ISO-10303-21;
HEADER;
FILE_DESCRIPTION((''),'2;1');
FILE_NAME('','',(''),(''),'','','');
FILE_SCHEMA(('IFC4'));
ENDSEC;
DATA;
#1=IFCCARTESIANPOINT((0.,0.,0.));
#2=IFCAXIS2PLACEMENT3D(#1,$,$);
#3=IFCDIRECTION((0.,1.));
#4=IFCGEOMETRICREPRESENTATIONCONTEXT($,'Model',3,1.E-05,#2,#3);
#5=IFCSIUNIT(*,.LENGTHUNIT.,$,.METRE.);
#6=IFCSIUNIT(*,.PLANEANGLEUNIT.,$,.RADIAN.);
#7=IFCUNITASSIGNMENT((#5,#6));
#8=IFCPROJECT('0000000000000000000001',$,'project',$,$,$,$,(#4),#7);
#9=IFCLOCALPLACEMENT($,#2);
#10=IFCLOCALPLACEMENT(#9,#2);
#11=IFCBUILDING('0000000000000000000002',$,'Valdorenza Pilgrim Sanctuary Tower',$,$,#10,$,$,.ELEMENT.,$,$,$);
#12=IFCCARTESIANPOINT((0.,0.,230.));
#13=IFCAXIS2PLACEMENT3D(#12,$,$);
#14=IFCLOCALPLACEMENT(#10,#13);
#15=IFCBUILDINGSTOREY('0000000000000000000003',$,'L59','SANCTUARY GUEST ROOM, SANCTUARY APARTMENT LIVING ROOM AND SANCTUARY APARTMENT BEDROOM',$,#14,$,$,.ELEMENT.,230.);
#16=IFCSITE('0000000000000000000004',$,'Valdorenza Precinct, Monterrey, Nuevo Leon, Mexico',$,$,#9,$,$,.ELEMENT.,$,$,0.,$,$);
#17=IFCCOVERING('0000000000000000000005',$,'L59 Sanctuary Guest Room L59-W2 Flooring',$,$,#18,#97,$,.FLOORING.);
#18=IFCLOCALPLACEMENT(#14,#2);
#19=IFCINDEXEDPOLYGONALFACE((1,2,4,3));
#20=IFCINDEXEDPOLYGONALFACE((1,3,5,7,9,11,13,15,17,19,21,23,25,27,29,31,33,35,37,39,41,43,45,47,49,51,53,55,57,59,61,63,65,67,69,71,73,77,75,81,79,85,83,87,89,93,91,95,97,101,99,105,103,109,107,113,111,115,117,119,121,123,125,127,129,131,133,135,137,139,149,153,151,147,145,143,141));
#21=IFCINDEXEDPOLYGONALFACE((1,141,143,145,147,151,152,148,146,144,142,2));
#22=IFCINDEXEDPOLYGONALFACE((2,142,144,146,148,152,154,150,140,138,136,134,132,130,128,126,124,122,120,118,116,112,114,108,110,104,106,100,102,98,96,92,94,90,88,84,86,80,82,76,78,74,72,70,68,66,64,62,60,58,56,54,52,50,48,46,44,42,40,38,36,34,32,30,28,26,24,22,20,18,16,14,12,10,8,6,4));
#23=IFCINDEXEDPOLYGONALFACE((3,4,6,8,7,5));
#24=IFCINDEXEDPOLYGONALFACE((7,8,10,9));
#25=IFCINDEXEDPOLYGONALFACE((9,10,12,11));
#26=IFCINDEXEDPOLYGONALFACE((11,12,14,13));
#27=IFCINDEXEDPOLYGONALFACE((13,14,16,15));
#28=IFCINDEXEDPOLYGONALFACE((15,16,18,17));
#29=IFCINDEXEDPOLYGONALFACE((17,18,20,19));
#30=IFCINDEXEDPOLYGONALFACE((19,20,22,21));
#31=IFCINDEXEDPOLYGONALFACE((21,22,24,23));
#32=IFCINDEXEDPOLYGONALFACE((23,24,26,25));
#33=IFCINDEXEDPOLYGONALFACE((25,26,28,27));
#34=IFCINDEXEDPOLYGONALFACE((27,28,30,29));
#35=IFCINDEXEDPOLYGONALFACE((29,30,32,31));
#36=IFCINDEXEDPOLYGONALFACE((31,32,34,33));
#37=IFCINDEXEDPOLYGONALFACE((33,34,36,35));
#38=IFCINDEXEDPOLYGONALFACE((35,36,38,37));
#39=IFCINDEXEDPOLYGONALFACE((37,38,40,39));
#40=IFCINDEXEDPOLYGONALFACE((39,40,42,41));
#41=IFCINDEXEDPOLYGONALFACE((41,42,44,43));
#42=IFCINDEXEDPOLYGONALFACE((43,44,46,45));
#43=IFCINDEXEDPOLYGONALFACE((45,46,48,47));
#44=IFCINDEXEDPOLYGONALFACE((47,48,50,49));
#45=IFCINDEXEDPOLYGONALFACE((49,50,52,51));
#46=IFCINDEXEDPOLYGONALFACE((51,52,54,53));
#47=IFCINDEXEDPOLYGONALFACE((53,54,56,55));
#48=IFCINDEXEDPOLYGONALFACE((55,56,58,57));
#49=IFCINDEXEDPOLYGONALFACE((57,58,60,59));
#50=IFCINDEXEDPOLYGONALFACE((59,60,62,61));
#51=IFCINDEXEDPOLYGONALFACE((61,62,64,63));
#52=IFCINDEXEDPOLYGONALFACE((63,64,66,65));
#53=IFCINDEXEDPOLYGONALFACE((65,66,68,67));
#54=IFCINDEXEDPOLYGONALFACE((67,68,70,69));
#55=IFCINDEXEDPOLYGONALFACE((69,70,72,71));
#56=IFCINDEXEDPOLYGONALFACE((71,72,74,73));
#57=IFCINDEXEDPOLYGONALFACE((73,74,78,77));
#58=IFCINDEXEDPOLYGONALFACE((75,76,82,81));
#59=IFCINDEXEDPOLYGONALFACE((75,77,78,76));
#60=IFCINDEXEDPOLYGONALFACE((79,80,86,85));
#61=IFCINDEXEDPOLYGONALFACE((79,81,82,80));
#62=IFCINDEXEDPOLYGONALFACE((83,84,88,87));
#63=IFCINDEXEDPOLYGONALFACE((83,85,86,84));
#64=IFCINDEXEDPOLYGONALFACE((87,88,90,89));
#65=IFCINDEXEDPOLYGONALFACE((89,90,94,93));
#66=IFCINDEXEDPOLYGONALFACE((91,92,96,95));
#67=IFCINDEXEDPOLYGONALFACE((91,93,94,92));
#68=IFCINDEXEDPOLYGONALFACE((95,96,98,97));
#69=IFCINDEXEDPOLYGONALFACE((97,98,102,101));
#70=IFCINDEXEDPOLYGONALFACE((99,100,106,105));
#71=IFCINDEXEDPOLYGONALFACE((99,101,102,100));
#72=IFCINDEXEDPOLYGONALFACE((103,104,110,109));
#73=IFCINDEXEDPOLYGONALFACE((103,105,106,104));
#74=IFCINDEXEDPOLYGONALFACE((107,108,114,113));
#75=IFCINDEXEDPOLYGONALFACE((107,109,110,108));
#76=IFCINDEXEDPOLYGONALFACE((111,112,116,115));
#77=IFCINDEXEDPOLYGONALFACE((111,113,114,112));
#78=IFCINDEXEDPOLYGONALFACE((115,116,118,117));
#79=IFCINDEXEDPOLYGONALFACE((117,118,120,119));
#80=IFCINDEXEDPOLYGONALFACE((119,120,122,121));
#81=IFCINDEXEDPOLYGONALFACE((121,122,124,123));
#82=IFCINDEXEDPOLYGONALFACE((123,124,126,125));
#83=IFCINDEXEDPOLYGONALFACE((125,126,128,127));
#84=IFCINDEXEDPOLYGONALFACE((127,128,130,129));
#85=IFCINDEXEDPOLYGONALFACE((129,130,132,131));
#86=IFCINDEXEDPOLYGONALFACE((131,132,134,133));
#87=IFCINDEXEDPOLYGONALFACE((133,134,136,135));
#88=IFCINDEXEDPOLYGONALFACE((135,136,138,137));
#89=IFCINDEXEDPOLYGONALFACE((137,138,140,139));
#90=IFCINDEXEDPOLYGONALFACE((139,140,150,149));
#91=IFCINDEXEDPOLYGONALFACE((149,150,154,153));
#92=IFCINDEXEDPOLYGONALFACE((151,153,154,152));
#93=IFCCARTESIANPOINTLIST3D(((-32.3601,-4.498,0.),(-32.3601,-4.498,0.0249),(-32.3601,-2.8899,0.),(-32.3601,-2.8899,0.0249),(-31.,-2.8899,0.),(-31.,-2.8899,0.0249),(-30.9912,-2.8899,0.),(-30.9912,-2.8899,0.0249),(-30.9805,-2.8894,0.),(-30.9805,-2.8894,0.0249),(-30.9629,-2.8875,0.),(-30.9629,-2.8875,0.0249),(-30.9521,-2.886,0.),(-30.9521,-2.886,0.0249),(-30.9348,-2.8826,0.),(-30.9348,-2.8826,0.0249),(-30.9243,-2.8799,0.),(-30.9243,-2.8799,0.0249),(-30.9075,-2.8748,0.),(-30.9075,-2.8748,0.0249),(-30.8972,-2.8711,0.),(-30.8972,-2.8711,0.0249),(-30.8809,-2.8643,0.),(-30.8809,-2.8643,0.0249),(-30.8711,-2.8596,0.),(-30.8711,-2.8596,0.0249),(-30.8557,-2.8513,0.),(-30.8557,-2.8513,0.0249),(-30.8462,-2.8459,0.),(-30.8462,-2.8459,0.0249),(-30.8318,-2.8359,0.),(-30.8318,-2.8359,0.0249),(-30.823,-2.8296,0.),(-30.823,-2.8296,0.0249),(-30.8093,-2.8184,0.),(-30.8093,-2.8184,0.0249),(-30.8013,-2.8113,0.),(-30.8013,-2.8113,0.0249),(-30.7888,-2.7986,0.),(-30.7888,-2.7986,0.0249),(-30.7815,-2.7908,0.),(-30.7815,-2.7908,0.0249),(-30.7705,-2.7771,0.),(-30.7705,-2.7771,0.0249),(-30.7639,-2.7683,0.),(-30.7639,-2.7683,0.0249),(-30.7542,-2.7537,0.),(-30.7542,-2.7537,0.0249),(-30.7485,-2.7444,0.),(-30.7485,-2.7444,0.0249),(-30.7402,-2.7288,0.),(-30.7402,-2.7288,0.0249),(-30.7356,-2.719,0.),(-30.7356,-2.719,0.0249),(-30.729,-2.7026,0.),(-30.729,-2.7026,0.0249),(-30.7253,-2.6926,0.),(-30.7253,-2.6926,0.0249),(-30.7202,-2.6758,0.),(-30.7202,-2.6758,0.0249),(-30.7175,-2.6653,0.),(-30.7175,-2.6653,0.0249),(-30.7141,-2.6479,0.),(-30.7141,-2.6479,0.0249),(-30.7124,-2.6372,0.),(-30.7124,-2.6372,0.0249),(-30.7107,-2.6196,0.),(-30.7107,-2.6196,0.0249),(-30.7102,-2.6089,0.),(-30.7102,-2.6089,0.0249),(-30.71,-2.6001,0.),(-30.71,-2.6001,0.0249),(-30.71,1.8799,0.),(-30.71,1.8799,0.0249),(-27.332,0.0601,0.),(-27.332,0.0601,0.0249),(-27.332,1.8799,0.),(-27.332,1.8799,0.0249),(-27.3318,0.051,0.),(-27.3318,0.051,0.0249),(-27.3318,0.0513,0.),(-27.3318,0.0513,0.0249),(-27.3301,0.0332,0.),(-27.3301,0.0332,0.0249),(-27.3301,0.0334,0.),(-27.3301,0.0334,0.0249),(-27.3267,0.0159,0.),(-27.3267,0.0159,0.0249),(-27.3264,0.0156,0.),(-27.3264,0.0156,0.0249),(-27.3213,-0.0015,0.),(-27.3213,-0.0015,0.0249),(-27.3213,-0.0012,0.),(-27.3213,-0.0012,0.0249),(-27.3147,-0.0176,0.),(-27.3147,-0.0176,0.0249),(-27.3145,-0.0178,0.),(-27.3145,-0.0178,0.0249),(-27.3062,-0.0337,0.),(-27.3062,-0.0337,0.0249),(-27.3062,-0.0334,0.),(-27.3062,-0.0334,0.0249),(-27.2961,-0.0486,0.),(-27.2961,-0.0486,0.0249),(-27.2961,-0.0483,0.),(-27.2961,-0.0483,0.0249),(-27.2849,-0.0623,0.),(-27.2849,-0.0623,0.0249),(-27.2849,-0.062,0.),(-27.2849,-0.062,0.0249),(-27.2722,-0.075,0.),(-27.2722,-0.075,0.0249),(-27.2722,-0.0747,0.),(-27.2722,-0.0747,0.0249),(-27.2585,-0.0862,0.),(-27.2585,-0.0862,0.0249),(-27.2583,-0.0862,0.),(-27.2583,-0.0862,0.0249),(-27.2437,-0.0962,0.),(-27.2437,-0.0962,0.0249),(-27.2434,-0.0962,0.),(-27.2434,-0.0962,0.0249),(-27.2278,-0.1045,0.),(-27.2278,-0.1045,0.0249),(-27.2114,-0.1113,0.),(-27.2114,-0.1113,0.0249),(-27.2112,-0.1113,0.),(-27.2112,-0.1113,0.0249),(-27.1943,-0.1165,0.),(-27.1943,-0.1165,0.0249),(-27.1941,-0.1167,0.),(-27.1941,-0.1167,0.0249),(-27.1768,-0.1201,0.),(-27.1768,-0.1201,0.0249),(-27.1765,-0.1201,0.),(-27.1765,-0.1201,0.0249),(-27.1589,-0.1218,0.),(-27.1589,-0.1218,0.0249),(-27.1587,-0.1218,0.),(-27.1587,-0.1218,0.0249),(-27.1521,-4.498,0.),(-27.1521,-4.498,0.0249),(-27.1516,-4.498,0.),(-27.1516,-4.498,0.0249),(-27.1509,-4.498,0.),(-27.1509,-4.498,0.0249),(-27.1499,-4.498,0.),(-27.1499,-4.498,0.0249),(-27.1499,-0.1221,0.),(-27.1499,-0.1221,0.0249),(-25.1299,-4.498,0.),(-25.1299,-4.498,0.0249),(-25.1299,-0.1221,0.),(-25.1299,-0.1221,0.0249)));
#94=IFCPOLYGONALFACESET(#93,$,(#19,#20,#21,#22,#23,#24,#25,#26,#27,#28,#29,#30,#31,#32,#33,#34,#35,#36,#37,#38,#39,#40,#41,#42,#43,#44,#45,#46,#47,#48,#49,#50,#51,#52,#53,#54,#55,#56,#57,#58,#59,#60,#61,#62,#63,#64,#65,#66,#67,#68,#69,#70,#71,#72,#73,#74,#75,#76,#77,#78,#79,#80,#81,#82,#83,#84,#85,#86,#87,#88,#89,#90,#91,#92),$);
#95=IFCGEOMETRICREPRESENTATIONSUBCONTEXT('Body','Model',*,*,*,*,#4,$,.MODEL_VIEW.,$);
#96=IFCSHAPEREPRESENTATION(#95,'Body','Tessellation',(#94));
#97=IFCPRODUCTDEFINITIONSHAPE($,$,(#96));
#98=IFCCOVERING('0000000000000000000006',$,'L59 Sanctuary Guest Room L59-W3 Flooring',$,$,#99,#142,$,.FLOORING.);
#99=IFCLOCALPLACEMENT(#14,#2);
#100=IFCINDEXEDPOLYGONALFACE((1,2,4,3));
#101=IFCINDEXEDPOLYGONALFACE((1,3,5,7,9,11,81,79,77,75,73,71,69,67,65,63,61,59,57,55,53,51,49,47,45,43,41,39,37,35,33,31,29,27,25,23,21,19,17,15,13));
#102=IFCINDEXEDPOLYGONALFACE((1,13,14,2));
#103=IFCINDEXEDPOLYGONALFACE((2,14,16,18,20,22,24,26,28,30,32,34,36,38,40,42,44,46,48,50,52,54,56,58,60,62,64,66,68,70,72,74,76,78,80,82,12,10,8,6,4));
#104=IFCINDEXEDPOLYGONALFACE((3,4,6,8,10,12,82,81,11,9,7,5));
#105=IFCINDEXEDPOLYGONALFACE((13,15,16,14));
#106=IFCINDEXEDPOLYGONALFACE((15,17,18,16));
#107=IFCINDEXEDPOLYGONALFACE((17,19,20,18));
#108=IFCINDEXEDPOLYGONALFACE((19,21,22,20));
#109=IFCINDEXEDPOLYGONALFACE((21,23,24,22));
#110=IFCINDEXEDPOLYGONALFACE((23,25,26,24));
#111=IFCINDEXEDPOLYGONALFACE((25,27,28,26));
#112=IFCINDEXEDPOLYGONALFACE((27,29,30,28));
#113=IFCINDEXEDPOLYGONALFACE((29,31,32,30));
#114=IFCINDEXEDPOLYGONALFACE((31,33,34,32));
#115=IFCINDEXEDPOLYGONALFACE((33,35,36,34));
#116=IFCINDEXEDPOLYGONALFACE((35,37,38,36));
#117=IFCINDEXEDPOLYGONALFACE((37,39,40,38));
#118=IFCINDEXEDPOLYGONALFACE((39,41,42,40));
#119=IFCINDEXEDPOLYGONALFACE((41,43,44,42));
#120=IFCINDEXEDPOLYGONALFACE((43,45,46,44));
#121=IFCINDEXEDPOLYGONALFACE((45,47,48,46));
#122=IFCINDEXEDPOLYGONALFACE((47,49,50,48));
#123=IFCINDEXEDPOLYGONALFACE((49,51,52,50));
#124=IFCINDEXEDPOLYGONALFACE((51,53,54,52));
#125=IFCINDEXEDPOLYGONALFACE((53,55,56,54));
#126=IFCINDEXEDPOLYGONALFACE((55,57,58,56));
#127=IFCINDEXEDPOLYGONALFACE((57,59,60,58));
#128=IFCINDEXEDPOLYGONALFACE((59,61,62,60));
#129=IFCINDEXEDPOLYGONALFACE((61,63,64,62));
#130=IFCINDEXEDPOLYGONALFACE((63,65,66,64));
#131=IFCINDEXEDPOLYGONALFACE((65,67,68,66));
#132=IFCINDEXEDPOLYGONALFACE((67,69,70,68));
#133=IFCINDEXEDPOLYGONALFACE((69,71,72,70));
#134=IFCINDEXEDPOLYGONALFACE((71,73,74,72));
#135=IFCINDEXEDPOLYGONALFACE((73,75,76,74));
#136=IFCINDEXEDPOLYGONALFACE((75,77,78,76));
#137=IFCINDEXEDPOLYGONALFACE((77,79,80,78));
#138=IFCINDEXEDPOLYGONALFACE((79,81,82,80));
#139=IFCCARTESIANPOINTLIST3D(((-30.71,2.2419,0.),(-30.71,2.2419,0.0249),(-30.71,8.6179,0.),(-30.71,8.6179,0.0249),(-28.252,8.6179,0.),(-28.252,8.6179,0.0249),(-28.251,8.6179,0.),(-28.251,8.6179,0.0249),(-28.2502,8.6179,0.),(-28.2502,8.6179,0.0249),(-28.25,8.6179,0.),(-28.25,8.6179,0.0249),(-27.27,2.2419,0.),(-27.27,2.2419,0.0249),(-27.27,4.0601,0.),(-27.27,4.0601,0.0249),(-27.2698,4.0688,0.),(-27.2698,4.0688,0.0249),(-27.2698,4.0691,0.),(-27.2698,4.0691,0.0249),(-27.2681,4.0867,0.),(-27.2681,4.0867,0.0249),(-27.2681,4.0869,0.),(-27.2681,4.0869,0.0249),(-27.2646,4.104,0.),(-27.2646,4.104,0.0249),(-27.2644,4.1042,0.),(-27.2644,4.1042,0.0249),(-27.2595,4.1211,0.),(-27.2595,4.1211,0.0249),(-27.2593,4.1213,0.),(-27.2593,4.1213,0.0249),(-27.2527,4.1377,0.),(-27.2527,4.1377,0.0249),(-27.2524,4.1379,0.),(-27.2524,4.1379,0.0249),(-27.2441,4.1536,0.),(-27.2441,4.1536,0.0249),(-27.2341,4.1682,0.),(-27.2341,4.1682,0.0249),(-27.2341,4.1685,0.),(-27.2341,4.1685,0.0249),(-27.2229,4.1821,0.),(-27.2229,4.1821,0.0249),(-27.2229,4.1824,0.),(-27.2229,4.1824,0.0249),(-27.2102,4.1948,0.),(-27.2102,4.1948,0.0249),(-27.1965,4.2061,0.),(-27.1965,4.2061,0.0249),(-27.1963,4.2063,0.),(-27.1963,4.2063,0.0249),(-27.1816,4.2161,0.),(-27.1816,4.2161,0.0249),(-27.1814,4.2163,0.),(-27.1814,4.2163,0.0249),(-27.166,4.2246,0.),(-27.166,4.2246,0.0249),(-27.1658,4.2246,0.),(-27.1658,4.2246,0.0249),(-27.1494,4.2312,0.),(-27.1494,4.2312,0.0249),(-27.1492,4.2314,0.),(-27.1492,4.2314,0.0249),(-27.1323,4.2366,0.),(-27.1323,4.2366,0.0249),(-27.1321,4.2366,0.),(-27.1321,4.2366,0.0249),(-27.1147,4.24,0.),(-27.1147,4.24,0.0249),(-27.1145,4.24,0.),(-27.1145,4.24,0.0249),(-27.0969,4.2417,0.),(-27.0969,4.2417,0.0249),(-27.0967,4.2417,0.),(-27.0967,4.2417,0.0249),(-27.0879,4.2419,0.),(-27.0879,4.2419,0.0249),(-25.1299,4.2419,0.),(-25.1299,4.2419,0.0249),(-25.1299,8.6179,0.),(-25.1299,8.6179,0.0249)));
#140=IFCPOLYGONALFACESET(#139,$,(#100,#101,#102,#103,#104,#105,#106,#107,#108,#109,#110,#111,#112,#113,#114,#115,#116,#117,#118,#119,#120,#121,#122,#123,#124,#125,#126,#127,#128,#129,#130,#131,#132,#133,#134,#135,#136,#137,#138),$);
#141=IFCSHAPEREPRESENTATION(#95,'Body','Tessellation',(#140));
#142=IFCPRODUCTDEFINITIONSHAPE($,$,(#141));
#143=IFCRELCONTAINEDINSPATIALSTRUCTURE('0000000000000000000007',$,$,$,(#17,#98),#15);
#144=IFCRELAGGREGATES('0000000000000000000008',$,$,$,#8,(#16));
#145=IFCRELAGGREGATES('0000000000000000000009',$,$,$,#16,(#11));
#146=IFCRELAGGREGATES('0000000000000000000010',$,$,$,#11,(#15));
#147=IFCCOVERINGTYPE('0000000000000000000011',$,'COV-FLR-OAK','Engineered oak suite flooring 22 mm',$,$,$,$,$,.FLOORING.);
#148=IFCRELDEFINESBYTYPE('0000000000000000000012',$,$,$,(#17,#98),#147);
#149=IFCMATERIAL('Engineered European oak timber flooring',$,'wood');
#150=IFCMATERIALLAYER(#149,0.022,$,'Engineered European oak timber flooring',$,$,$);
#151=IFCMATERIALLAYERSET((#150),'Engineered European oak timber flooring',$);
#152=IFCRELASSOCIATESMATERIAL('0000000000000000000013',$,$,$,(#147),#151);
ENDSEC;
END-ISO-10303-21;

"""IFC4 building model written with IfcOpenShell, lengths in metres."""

from ifc_helpers import new_model, si_unit, direction, frame, origin, place, context, subcontext, project, spatial, polyline, outline, extrude, material, layer, layer_set, type_object, element, save


model = new_model("IFC4")

# Units and contexts
model_context = context("Model", 3, precision=1e-05, world=origin(), true_north=direction((0.0, 1.0)))
body_context = subcontext(model_context, "Body", "Model", "MODEL_VIEW")
ifc_project = project(units=[si_unit("LENGTHUNIT", "METRE"), si_unit("PLANEANGLEUNIT", "RADIAN")], contexts=[model_context])

# Site, building, storey
site_placement = place(None, origin())
site = spatial("IfcSite", under=ifc_project, at=site_placement, Name="Valdorenza Precinct, Monterrey, Nuevo Leon, Mexico", CompositionType="ELEMENT", RefElevation=0.0)
building_placement = place(site_placement, origin())
building = spatial("IfcBuilding", under=site, at=building_placement, Name="Valdorenza Pilgrim Sanctuary Tower", CompositionType="ELEMENT")
storey_placement = place(building_placement, frame((0.0, 0.0, 230.0)))
storey = spatial("IfcBuildingStorey", under=building, at=storey_placement, Name="L59", Description="SANCTUARY GUEST ROOM, SANCTUARY APARTMENT LIVING ROOM AND SANCTUARY APARTMENT BEDROOM", CompositionType="ELEMENT", Elevation=230.0)

# Coverings
ifc_material_1 = material(Name="Engineered European oak timber flooring", Category="wood")
ifc_layer_1 = layer(ifc_material_1, 0.022, Name="Engineered European oak timber flooring")
ifc_layer_set_1 = layer_set([ifc_layer_1], Name="Engineered European oak timber flooring")
covering_type_1 = type_object("IfcCoveringType", Name="COV-FLR-OAK", Description="Engineered oak suite flooring 22 mm", PredefinedType="FLOORING", material=ifc_layer_set_1)
covering_1_placement = place(storey_placement, origin())
element("IfcCovering", 1, at=covering_1_placement, inside=storey, type_object=covering_type_1, Name="L59 Sanctuary Guest Room L59-W2 Flooring", PredefinedType="FLOORING", context=body_context, shape_type="SweptSolid", body=[
    extrude(outline(polyline([(-32.3601, -2.8899), (-31.0, -2.8899), (-30.9912, -2.8899), (-30.9805, -2.8894), (-30.9629, -2.8875), (-30.9521, -2.886), (-30.9348, -2.8826), (-30.9243, -2.8799), (-30.9075, -2.8748), (-30.8972, -2.8711), (-30.8809, -2.8643), (-30.8711, -2.8596), (-30.8557, -2.8513), (-30.8462, -2.8459), (-30.8318, -2.8359), (-30.823, -2.8296), (-30.8093, -2.8184), (-30.8013, -2.8113), (-30.7888, -2.7986), (-30.7815, -2.7908), (-30.7705, -2.7771), (-30.7639, -2.7683), (-30.7542, -2.7537), (-30.7485, -2.7444), (-30.7402, -2.7288), (-30.7356, -2.719), (-30.729, -2.7026), (-30.7253, -2.6926), (-30.7202, -2.6758), (-30.7175, -2.6653), (-30.7141, -2.6479), (-30.7124, -2.6372), (-30.7107, -2.6196), (-30.7102, -2.6089), (-30.71, -2.6001), (-30.71, 1.8799), (-27.332, 1.8799), (-27.332, 0.0601), (-27.3318, 0.0513), (-27.3318, 0.051), (-27.3301, 0.0334), (-27.3301, 0.0332), (-27.3267, 0.0159), (-27.3264, 0.0156), (-27.3213, -0.0012), (-27.3213, -0.0015), (-27.3147, -0.0176), (-27.3145, -0.0178), (-27.3062, -0.0334), (-27.3062, -0.0337), (-27.2961, -0.0483), (-27.2961, -0.0486), (-27.2849, -0.062), (-27.2849, -0.0623), (-27.2722, -0.0747), (-27.2722, -0.075), (-27.2585, -0.0862), (-27.2583, -0.0862), (-27.2437, -0.0962), (-27.2434, -0.0962), (-27.2278, -0.1045), (-27.2278, -0.1045), (-27.2114, -0.1113), (-27.2112, -0.1113), (-27.1943, -0.1165), (-27.1941, -0.1167), (-27.1768, -0.1201), (-27.1765, -0.1201), (-27.1589, -0.1218), (-27.1587, -0.1218), (-27.1499, -0.1221), (-25.1299, -0.1221), (-25.1299, -4.498), (-27.1499, -4.498), (-27.1509, -4.498), (-27.1516, -4.498), (-27.1521, -4.498), (-32.3601, -4.498), (-32.3601, -2.8899)])), origin(), (0.0, 0.0, 1.0), 0.0249),
])
covering_2_placement = place(storey_placement, origin())
element("IfcCovering", 2, at=covering_2_placement, inside=storey, type_object=covering_type_1, Name="L59 Sanctuary Guest Room L59-W3 Flooring", PredefinedType="FLOORING", context=body_context, shape_type="SweptSolid", body=[
    extrude(outline(polyline([(-28.2502, 8.6179), (-28.25, 8.6179), (-25.1299, 8.6179), (-25.1299, 4.2419), (-27.0879, 4.2419), (-27.0967, 4.2417), (-27.0969, 4.2417), (-27.1145, 4.24), (-27.1147, 4.24), (-27.1321, 4.2366), (-27.1323, 4.2366), (-27.1492, 4.2314), (-27.1494, 4.2312), (-27.1658, 4.2246), (-27.166, 4.2246), (-27.1814, 4.2163), (-27.1816, 4.2161), (-27.1963, 4.2063), (-27.1965, 4.2061), (-27.2102, 4.1948), (-27.2102, 4.1948), (-27.2229, 4.1824), (-27.2229, 4.1821), (-27.2341, 4.1685), (-27.2341, 4.1682), (-27.2441, 4.1536), (-27.2441, 4.1536), (-27.2524, 4.1379), (-27.2527, 4.1377), (-27.2593, 4.1213), (-27.2595, 4.1211), (-27.2644, 4.1042), (-27.2646, 4.104), (-27.2681, 4.0869), (-27.2681, 4.0867), (-27.2698, 4.0691), (-27.2698, 4.0688), (-27.27, 4.0601), (-27.27, 2.2419), (-30.71, 2.2419), (-30.71, 8.6179), (-28.252, 8.6179), (-28.251, 8.6179), (-28.2502, 8.6179)])), origin(), (0.0, 0.0, 1.0), 0.0249),
])

save(model, "model.ifc")
